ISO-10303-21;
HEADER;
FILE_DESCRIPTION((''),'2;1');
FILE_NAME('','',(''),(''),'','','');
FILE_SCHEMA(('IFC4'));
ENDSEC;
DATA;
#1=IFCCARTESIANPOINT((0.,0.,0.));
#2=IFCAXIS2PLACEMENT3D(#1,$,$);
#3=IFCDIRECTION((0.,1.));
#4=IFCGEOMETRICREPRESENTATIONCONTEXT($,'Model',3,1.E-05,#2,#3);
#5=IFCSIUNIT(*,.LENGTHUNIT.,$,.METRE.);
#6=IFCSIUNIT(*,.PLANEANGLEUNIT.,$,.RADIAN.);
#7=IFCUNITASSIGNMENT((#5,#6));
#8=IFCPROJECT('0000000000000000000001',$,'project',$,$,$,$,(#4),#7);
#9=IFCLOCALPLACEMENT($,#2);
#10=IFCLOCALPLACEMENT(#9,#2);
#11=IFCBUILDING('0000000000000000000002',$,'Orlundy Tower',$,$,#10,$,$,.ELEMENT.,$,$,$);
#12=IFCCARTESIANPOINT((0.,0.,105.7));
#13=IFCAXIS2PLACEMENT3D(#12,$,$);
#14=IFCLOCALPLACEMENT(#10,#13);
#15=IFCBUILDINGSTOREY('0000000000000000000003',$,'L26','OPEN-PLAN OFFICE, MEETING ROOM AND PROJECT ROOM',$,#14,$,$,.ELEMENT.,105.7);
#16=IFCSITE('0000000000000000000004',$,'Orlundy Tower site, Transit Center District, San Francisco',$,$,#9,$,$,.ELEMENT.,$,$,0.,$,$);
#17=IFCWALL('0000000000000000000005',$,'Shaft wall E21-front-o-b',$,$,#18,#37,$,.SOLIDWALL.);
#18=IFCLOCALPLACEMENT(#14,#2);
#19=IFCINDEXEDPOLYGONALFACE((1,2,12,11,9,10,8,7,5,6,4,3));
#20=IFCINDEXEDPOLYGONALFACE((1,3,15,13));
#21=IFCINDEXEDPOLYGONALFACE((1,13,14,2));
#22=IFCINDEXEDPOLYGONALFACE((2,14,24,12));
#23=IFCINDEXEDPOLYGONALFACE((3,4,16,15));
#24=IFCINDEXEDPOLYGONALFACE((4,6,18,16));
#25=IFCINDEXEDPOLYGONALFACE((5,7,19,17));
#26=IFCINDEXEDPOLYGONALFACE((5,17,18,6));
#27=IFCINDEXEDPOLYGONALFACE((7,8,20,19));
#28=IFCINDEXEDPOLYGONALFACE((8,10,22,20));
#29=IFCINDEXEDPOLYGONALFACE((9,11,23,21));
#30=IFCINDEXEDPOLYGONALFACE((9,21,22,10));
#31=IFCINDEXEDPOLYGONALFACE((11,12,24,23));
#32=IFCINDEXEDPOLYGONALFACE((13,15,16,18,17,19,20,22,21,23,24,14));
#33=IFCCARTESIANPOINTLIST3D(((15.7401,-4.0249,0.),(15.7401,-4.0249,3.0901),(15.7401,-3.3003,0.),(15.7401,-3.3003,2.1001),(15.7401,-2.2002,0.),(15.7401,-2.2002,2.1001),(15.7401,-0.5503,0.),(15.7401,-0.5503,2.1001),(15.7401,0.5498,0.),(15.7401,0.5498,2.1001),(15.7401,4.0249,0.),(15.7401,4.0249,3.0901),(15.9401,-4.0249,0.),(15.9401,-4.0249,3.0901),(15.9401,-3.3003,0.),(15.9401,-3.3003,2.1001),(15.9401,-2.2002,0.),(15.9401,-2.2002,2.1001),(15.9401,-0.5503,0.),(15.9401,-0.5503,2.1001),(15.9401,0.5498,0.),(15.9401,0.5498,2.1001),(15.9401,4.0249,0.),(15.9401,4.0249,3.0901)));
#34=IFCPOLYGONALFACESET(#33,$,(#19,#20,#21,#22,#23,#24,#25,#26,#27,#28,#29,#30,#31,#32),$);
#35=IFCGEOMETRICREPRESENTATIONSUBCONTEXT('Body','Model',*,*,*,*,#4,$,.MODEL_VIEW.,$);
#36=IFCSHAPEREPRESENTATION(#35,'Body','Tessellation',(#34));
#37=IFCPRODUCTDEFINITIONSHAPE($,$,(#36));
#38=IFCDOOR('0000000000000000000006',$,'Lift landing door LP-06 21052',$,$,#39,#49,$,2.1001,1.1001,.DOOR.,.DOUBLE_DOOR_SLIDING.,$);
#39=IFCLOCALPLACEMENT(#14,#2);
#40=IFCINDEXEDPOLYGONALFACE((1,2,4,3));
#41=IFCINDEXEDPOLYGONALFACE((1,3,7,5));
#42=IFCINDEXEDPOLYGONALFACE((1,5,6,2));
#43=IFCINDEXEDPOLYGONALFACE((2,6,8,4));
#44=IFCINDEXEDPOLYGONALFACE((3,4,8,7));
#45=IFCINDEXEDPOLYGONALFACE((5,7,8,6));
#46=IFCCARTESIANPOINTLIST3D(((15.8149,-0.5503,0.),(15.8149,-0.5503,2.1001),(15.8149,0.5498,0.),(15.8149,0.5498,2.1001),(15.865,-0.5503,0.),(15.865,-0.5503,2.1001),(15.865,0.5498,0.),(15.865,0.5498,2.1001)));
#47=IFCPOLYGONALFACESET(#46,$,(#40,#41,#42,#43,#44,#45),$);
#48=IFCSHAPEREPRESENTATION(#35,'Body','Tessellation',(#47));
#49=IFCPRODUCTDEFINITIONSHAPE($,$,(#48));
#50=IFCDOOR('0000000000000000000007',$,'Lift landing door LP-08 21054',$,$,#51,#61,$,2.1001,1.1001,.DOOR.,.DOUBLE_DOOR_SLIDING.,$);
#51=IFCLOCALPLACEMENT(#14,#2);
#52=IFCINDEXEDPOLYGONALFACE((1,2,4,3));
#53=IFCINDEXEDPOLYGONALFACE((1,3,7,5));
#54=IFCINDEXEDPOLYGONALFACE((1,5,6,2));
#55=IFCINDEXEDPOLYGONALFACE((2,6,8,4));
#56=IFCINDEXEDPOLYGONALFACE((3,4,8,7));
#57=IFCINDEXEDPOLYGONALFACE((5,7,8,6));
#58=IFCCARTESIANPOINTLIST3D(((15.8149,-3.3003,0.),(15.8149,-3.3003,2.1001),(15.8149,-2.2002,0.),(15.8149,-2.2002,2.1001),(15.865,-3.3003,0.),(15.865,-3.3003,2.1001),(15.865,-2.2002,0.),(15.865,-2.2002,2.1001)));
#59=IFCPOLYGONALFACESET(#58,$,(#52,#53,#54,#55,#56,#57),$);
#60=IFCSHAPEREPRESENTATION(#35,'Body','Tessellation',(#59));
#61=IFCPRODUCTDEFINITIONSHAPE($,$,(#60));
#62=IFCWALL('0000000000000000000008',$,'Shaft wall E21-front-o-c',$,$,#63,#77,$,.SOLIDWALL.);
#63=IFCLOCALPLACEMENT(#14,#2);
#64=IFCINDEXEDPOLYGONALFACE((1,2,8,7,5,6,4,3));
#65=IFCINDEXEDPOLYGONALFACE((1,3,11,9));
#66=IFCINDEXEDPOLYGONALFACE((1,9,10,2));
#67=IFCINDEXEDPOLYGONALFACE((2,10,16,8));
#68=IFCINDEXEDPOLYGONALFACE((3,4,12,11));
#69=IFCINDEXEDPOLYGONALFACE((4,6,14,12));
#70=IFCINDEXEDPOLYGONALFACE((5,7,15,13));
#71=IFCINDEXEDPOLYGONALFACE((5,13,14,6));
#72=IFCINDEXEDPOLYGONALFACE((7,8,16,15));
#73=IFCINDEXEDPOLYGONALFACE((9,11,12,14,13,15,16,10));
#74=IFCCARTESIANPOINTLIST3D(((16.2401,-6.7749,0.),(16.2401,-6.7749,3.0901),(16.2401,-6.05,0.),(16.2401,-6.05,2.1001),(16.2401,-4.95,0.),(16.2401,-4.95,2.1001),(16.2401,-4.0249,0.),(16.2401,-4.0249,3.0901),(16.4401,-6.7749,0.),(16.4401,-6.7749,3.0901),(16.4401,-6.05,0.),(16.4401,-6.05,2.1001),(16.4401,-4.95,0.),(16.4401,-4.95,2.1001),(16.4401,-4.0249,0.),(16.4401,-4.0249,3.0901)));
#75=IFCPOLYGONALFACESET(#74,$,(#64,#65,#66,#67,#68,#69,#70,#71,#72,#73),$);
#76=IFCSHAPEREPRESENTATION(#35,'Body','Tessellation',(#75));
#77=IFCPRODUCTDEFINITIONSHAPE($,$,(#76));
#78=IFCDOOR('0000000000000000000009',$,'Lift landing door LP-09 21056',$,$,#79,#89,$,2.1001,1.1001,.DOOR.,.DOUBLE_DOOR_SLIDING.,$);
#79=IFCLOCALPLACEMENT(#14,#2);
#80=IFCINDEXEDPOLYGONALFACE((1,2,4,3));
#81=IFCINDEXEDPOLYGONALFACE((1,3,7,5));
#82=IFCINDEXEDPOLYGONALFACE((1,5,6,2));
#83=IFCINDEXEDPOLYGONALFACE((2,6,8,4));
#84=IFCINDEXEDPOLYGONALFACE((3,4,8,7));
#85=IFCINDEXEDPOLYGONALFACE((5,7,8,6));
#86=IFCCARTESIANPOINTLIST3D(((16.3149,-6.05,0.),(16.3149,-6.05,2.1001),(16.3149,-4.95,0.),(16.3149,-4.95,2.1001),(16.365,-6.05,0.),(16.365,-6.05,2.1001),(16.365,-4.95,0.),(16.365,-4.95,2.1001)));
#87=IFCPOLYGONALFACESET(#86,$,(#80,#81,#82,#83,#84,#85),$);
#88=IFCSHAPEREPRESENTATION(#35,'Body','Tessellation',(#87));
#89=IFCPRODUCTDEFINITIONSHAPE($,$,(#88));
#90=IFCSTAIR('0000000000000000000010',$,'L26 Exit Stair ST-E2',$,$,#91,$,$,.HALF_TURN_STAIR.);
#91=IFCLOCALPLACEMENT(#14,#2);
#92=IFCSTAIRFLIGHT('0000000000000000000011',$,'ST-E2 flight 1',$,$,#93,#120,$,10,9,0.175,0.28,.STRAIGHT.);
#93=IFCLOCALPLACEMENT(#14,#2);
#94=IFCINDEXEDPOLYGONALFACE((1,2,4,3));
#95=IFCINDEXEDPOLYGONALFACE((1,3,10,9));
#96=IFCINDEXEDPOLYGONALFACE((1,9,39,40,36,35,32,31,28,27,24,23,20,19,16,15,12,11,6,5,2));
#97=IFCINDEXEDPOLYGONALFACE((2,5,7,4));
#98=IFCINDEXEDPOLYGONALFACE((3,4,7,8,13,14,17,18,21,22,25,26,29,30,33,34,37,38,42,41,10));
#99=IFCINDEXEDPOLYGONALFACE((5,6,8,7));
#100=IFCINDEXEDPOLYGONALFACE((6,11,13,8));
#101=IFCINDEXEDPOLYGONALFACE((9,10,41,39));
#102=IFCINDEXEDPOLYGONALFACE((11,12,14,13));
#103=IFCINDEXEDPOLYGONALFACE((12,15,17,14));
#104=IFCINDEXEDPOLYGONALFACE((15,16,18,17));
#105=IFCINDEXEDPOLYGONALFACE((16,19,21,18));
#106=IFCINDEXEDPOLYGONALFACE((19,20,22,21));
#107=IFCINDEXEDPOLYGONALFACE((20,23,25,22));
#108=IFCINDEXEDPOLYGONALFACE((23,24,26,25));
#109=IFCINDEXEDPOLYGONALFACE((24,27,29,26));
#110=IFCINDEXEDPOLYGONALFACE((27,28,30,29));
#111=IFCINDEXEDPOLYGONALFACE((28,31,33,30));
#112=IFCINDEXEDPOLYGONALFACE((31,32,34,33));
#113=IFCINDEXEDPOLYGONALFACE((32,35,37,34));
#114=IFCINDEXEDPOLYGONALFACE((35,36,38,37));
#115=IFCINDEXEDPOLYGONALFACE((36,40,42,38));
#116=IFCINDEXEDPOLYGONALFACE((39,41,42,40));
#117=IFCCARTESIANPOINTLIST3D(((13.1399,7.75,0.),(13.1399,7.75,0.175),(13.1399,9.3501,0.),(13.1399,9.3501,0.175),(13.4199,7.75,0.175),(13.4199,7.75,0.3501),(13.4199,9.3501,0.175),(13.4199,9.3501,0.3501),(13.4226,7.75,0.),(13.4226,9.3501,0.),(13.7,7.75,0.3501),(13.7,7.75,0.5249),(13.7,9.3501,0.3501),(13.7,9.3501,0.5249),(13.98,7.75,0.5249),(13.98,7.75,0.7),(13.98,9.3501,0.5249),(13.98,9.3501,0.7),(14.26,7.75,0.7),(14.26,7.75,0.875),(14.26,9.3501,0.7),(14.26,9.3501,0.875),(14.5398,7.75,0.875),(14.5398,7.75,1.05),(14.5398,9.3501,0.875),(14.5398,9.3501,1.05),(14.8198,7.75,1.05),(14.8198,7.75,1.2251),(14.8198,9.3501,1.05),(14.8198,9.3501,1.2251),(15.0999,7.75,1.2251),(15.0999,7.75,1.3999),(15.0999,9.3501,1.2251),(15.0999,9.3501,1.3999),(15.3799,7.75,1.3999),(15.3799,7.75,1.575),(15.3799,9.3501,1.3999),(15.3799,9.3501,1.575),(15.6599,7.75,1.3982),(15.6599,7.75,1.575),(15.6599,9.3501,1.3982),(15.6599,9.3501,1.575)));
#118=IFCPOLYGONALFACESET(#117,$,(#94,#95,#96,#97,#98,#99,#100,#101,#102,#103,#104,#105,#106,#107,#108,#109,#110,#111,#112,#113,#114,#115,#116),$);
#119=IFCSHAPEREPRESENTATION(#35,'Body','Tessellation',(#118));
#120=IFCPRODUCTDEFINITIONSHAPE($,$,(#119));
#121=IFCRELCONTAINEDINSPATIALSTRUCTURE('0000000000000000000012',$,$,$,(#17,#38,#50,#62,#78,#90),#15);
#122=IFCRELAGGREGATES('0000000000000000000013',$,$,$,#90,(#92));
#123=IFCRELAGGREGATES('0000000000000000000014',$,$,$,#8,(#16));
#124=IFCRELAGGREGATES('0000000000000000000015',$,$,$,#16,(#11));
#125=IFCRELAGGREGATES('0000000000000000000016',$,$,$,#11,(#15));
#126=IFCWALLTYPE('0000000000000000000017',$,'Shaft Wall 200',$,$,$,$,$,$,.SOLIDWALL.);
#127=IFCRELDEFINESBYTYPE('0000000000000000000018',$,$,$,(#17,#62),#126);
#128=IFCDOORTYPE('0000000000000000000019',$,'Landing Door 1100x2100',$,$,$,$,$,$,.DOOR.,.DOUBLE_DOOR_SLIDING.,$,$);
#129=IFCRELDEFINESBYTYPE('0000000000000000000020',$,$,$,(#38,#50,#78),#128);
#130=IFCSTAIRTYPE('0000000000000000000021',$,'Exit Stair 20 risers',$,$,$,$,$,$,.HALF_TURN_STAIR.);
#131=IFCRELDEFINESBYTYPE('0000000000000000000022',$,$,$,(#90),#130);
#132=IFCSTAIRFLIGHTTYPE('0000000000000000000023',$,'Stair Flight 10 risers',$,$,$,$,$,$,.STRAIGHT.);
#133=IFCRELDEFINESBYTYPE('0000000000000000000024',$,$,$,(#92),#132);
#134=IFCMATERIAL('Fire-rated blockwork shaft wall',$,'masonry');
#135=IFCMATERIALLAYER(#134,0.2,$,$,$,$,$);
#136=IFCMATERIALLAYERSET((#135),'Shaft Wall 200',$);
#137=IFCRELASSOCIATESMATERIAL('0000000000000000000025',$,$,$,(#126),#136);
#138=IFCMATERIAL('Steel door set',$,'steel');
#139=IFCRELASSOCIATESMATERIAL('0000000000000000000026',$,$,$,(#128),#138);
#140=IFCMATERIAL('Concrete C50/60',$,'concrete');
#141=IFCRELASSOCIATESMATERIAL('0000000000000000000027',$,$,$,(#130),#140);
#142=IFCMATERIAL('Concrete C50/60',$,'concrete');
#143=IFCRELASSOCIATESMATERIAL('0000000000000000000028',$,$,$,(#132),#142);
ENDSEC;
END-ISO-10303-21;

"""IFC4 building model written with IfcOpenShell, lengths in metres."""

from ifc_helpers import new_model, si_unit, direction, frame, frame_2d, origin, place, context, subcontext, project, spatial, polyline, rectangle, outline, extrude, material, layer, layer_set, type_object, element, fill, aggregate, save


model = new_model("IFC4")

# Units and contexts
model_context = context("Model", 3, precision=1e-05, world=origin(), true_north=direction((0.0, 1.0)))
body_context = subcontext(model_context, "Body", "Model", "MODEL_VIEW")
ifc_project = project(units=[si_unit("LENGTHUNIT", "METRE"), si_unit("PLANEANGLEUNIT", "RADIAN")], contexts=[model_context])

# Site, building, storey
site_placement = place(None, origin())
site = spatial("IfcSite", under=ifc_project, at=site_placement, Name="Orlundy Tower site, Transit Center District, San Francisco", CompositionType="ELEMENT", RefElevation=0.0)
building_placement = place(site_placement, origin())
building = spatial("IfcBuilding", under=site, at=building_placement, Name="Orlundy Tower", CompositionType="ELEMENT")
storey_placement = place(building_placement, frame((0.0, 0.0, 105.7)))
storey = spatial("IfcBuildingStorey", under=building, at=storey_placement, Name="L26", Description="OPEN-PLAN OFFICE, MEETING ROOM AND PROJECT ROOM", CompositionType="ELEMENT", Elevation=105.7)

# Shared definitions
ifc_material_1 = material(Name="Fire-rated blockwork shaft wall", Category="masonry")
ifc_layer_1 = layer(ifc_material_1, 0.2)
ifc_layer_set_1 = layer_set([ifc_layer_1], Name="Shaft Wall 200")
wall_type_1 = type_object("IfcWallType", Name="Shaft Wall 200", PredefinedType="SOLIDWALL", material=ifc_layer_set_1)

# Shared definitions
ifc_material_2 = material(Name="Steel door set", Category="steel")
door_type_1 = type_object("IfcDoorType", Name="Landing Door 1100x2100", OperationType="DOUBLE_DOOR_SLIDING", PredefinedType="DOOR", material=ifc_material_2)

# Wall, openings, doors
wall_1_placement = place(storey_placement, frame((15.8401, 4.0249, 0.0), z_axis=(0.0, 0.0, 1.0), x_axis=(0.0, -1.0, 0.0)))
wall_1 = element("IfcWall", 1, at=wall_1_placement, inside=storey, type_object=wall_type_1, Name="Shaft wall E21-front-o-b", PredefinedType="SOLIDWALL", context=body_context, shape_type="SweptSolid", body=[
    extrude(rectangle(XDim=8.0498, YDim=0.2, at=frame_2d((4.0249, 0.0))), origin(), (0.0, 0.0, 1.0), 3.0901),
])
opening_1_placement = place(wall_1_placement, frame((3.4751, 0.0, 0.0)))
opening_1 = element("IfcOpeningElement", 2, at=opening_1_placement, cuts=wall_1, PredefinedType="OPENING", context=body_context, shape_type="SweptSolid", body=[
    extrude(rectangle(XDim=1.1001, YDim=2.1001, at=frame_2d((0.55, 1.05))), frame((0.0, 0.1101, 0.0), z_axis=(0.0, -1.0, 0.0), x_axis=(1.0, 0.0, 0.0)), (0.0, 0.0, 1.0), 0.2202),
])
opening_2_placement = place(wall_1_placement, frame((6.2251, 0.0, 0.0)))
opening_2 = element("IfcOpeningElement", 3, at=opening_2_placement, cuts=wall_1, PredefinedType="OPENING", context=body_context, shape_type="SweptSolid", body=[
    extrude(rectangle(XDim=1.1001, YDim=2.1001, at=frame_2d((0.55, 1.05))), frame((0.0, 0.1101, 0.0), z_axis=(0.0, -1.0, 0.0), x_axis=(1.0, 0.0, 0.0)), (0.0, 0.0, 1.0), 0.2202),
])
door_1_placement = place(opening_1_placement, origin())
door_1 = element("IfcDoor", 4, at=door_1_placement, inside=storey, type_object=door_type_1, Name="Lift landing door LP-06 21052", OperationType="DOUBLE_DOOR_SLIDING", OverallHeight=2.1001, OverallWidth=1.1001, PredefinedType="DOOR", context=body_context, shape_type="SweptSolid", body=[
    extrude(rectangle(XDim=1.1001, YDim=2.1001, at=frame_2d((0.55, 1.05))), frame((0.0, 0.0249, 0.0), z_axis=(0.0, -1.0, 0.0), x_axis=(1.0, 0.0, 0.0)), (0.0, 0.0, 1.0), 0.05),
])
fill(opening_1, door_1)
door_2_placement = place(opening_2_placement, origin())
door_2 = element("IfcDoor", 5, at=door_2_placement, inside=storey, type_object=door_type_1, Name="Lift landing door LP-08 21054", OperationType="DOUBLE_DOOR_SLIDING", OverallHeight=2.1001, OverallWidth=1.1001, PredefinedType="DOOR", context=body_context, shape_type="SweptSolid", body=[
    extrude(rectangle(XDim=1.1001, YDim=2.1001, at=frame_2d((0.55, 1.05))), frame((0.0, 0.0249, 0.0), z_axis=(0.0, -1.0, 0.0), x_axis=(1.0, 0.0, 0.0)), (0.0, 0.0, 1.0), 0.05),
])
fill(opening_2, door_2)

# Wall, opening, door
wall_2_placement = place(storey_placement, frame((16.3401, -4.0249, 0.0), z_axis=(0.0, 0.0, 1.0), x_axis=(0.0, -1.0, 0.0)))
wall_2 = element("IfcWall", 6, at=wall_2_placement, inside=storey, type_object=wall_type_1, Name="Shaft wall E21-front-o-c", PredefinedType="SOLIDWALL", context=body_context, shape_type="SweptSolid", body=[
    extrude(rectangle(XDim=2.75, YDim=0.2, at=frame_2d((1.375, 0.0))), origin(), (0.0, 0.0, 1.0), 3.0901),
])
opening_3_placement = place(wall_2_placement, frame((0.925, 0.0, 0.0)))
opening_3 = element("IfcOpeningElement", 7, at=opening_3_placement, cuts=wall_2, PredefinedType="OPENING", context=body_context, shape_type="SweptSolid", body=[
    extrude(rectangle(XDim=1.1001, YDim=2.1001, at=frame_2d((0.55, 1.05))), frame((0.0, 0.1101, 0.0), z_axis=(0.0, -1.0, 0.0), x_axis=(1.0, 0.0, 0.0)), (0.0, 0.0, 1.0), 0.2202),
])
door_3_placement = place(opening_3_placement, origin())
door_3 = element("IfcDoor", 8, at=door_3_placement, inside=storey, type_object=door_type_1, Name="Lift landing door LP-09 21056", OperationType="DOUBLE_DOOR_SLIDING", OverallHeight=2.1001, OverallWidth=1.1001, PredefinedType="DOOR", context=body_context, shape_type="SweptSolid", body=[
    extrude(rectangle(XDim=1.1001, YDim=2.1001, at=frame_2d((0.55, 1.05))), frame((0.0, 0.0249, 0.0), z_axis=(0.0, -1.0, 0.0), x_axis=(1.0, 0.0, 0.0)), (0.0, 0.0, 1.0), 0.05),
])
fill(opening_3, door_3)

# Stair, stair flight
ifc_material_3 = material(Name="Concrete C50/60", Category="concrete")
stair_type = type_object("IfcStairType", Name="Exit Stair 20 risers", PredefinedType="HALF_TURN_STAIR", material=ifc_material_3)
stair_placement = place(storey_placement, origin())
stair = element("IfcStair", 9, at=stair_placement, inside=storey, type_object=stair_type, Name="L26 Exit Stair ST-E2", PredefinedType="HALF_TURN_STAIR")
ifc_material_4 = material(Name="Concrete C50/60", Category="concrete")
stair_flight_type = type_object("IfcStairFlightType", Name="Stair Flight 10 risers", PredefinedType="STRAIGHT", material=ifc_material_4)
stair_flight_placement = place(storey_placement, frame((13.1399, 8.55, 0.0), z_axis=(0.0, 0.0, 1.0), x_axis=(1.0, 0.0, 0.0)))
stair_flight = element("IfcStairFlight", 10, at=stair_flight_placement, type_object=stair_flight_type, Name="ST-E2 flight 1", NumberOfRisers=10, NumberOfTreads=9, PredefinedType="STRAIGHT", RiserHeight=0.175, TreadLength=0.28, context=body_context, shape_type="SweptSolid", body=[
    extrude(outline(polyline([(0.0, 0.0), (0.0, 0.175), (0.28, 0.175), (0.28, 0.3501), (0.5601, 0.3501), (0.5601, 0.5249), (0.8401, 0.5249), (0.8401, 0.7), (1.1201, 0.7), (1.1201, 0.875), (1.3999, 0.875), (1.3999, 1.05), (1.6799, 1.05), (1.6799, 1.2251), (1.96, 1.2251), (1.96, 1.3999), (2.24, 1.3999), (2.24, 1.575), (2.52, 1.575), (2.52, 1.75), (2.52, 1.3982), (0.2827, 0.0), (0.0, 0.0)])), frame((0.0, 0.8, 0.0), z_axis=(0.0, -1.0, 0.0), x_axis=(1.0, 0.0, 0.0)), (0.0, 0.0, 1.0), 1.6001),
])
aggregate(stair, [stair_flight])

save(model, "model.ifc")
